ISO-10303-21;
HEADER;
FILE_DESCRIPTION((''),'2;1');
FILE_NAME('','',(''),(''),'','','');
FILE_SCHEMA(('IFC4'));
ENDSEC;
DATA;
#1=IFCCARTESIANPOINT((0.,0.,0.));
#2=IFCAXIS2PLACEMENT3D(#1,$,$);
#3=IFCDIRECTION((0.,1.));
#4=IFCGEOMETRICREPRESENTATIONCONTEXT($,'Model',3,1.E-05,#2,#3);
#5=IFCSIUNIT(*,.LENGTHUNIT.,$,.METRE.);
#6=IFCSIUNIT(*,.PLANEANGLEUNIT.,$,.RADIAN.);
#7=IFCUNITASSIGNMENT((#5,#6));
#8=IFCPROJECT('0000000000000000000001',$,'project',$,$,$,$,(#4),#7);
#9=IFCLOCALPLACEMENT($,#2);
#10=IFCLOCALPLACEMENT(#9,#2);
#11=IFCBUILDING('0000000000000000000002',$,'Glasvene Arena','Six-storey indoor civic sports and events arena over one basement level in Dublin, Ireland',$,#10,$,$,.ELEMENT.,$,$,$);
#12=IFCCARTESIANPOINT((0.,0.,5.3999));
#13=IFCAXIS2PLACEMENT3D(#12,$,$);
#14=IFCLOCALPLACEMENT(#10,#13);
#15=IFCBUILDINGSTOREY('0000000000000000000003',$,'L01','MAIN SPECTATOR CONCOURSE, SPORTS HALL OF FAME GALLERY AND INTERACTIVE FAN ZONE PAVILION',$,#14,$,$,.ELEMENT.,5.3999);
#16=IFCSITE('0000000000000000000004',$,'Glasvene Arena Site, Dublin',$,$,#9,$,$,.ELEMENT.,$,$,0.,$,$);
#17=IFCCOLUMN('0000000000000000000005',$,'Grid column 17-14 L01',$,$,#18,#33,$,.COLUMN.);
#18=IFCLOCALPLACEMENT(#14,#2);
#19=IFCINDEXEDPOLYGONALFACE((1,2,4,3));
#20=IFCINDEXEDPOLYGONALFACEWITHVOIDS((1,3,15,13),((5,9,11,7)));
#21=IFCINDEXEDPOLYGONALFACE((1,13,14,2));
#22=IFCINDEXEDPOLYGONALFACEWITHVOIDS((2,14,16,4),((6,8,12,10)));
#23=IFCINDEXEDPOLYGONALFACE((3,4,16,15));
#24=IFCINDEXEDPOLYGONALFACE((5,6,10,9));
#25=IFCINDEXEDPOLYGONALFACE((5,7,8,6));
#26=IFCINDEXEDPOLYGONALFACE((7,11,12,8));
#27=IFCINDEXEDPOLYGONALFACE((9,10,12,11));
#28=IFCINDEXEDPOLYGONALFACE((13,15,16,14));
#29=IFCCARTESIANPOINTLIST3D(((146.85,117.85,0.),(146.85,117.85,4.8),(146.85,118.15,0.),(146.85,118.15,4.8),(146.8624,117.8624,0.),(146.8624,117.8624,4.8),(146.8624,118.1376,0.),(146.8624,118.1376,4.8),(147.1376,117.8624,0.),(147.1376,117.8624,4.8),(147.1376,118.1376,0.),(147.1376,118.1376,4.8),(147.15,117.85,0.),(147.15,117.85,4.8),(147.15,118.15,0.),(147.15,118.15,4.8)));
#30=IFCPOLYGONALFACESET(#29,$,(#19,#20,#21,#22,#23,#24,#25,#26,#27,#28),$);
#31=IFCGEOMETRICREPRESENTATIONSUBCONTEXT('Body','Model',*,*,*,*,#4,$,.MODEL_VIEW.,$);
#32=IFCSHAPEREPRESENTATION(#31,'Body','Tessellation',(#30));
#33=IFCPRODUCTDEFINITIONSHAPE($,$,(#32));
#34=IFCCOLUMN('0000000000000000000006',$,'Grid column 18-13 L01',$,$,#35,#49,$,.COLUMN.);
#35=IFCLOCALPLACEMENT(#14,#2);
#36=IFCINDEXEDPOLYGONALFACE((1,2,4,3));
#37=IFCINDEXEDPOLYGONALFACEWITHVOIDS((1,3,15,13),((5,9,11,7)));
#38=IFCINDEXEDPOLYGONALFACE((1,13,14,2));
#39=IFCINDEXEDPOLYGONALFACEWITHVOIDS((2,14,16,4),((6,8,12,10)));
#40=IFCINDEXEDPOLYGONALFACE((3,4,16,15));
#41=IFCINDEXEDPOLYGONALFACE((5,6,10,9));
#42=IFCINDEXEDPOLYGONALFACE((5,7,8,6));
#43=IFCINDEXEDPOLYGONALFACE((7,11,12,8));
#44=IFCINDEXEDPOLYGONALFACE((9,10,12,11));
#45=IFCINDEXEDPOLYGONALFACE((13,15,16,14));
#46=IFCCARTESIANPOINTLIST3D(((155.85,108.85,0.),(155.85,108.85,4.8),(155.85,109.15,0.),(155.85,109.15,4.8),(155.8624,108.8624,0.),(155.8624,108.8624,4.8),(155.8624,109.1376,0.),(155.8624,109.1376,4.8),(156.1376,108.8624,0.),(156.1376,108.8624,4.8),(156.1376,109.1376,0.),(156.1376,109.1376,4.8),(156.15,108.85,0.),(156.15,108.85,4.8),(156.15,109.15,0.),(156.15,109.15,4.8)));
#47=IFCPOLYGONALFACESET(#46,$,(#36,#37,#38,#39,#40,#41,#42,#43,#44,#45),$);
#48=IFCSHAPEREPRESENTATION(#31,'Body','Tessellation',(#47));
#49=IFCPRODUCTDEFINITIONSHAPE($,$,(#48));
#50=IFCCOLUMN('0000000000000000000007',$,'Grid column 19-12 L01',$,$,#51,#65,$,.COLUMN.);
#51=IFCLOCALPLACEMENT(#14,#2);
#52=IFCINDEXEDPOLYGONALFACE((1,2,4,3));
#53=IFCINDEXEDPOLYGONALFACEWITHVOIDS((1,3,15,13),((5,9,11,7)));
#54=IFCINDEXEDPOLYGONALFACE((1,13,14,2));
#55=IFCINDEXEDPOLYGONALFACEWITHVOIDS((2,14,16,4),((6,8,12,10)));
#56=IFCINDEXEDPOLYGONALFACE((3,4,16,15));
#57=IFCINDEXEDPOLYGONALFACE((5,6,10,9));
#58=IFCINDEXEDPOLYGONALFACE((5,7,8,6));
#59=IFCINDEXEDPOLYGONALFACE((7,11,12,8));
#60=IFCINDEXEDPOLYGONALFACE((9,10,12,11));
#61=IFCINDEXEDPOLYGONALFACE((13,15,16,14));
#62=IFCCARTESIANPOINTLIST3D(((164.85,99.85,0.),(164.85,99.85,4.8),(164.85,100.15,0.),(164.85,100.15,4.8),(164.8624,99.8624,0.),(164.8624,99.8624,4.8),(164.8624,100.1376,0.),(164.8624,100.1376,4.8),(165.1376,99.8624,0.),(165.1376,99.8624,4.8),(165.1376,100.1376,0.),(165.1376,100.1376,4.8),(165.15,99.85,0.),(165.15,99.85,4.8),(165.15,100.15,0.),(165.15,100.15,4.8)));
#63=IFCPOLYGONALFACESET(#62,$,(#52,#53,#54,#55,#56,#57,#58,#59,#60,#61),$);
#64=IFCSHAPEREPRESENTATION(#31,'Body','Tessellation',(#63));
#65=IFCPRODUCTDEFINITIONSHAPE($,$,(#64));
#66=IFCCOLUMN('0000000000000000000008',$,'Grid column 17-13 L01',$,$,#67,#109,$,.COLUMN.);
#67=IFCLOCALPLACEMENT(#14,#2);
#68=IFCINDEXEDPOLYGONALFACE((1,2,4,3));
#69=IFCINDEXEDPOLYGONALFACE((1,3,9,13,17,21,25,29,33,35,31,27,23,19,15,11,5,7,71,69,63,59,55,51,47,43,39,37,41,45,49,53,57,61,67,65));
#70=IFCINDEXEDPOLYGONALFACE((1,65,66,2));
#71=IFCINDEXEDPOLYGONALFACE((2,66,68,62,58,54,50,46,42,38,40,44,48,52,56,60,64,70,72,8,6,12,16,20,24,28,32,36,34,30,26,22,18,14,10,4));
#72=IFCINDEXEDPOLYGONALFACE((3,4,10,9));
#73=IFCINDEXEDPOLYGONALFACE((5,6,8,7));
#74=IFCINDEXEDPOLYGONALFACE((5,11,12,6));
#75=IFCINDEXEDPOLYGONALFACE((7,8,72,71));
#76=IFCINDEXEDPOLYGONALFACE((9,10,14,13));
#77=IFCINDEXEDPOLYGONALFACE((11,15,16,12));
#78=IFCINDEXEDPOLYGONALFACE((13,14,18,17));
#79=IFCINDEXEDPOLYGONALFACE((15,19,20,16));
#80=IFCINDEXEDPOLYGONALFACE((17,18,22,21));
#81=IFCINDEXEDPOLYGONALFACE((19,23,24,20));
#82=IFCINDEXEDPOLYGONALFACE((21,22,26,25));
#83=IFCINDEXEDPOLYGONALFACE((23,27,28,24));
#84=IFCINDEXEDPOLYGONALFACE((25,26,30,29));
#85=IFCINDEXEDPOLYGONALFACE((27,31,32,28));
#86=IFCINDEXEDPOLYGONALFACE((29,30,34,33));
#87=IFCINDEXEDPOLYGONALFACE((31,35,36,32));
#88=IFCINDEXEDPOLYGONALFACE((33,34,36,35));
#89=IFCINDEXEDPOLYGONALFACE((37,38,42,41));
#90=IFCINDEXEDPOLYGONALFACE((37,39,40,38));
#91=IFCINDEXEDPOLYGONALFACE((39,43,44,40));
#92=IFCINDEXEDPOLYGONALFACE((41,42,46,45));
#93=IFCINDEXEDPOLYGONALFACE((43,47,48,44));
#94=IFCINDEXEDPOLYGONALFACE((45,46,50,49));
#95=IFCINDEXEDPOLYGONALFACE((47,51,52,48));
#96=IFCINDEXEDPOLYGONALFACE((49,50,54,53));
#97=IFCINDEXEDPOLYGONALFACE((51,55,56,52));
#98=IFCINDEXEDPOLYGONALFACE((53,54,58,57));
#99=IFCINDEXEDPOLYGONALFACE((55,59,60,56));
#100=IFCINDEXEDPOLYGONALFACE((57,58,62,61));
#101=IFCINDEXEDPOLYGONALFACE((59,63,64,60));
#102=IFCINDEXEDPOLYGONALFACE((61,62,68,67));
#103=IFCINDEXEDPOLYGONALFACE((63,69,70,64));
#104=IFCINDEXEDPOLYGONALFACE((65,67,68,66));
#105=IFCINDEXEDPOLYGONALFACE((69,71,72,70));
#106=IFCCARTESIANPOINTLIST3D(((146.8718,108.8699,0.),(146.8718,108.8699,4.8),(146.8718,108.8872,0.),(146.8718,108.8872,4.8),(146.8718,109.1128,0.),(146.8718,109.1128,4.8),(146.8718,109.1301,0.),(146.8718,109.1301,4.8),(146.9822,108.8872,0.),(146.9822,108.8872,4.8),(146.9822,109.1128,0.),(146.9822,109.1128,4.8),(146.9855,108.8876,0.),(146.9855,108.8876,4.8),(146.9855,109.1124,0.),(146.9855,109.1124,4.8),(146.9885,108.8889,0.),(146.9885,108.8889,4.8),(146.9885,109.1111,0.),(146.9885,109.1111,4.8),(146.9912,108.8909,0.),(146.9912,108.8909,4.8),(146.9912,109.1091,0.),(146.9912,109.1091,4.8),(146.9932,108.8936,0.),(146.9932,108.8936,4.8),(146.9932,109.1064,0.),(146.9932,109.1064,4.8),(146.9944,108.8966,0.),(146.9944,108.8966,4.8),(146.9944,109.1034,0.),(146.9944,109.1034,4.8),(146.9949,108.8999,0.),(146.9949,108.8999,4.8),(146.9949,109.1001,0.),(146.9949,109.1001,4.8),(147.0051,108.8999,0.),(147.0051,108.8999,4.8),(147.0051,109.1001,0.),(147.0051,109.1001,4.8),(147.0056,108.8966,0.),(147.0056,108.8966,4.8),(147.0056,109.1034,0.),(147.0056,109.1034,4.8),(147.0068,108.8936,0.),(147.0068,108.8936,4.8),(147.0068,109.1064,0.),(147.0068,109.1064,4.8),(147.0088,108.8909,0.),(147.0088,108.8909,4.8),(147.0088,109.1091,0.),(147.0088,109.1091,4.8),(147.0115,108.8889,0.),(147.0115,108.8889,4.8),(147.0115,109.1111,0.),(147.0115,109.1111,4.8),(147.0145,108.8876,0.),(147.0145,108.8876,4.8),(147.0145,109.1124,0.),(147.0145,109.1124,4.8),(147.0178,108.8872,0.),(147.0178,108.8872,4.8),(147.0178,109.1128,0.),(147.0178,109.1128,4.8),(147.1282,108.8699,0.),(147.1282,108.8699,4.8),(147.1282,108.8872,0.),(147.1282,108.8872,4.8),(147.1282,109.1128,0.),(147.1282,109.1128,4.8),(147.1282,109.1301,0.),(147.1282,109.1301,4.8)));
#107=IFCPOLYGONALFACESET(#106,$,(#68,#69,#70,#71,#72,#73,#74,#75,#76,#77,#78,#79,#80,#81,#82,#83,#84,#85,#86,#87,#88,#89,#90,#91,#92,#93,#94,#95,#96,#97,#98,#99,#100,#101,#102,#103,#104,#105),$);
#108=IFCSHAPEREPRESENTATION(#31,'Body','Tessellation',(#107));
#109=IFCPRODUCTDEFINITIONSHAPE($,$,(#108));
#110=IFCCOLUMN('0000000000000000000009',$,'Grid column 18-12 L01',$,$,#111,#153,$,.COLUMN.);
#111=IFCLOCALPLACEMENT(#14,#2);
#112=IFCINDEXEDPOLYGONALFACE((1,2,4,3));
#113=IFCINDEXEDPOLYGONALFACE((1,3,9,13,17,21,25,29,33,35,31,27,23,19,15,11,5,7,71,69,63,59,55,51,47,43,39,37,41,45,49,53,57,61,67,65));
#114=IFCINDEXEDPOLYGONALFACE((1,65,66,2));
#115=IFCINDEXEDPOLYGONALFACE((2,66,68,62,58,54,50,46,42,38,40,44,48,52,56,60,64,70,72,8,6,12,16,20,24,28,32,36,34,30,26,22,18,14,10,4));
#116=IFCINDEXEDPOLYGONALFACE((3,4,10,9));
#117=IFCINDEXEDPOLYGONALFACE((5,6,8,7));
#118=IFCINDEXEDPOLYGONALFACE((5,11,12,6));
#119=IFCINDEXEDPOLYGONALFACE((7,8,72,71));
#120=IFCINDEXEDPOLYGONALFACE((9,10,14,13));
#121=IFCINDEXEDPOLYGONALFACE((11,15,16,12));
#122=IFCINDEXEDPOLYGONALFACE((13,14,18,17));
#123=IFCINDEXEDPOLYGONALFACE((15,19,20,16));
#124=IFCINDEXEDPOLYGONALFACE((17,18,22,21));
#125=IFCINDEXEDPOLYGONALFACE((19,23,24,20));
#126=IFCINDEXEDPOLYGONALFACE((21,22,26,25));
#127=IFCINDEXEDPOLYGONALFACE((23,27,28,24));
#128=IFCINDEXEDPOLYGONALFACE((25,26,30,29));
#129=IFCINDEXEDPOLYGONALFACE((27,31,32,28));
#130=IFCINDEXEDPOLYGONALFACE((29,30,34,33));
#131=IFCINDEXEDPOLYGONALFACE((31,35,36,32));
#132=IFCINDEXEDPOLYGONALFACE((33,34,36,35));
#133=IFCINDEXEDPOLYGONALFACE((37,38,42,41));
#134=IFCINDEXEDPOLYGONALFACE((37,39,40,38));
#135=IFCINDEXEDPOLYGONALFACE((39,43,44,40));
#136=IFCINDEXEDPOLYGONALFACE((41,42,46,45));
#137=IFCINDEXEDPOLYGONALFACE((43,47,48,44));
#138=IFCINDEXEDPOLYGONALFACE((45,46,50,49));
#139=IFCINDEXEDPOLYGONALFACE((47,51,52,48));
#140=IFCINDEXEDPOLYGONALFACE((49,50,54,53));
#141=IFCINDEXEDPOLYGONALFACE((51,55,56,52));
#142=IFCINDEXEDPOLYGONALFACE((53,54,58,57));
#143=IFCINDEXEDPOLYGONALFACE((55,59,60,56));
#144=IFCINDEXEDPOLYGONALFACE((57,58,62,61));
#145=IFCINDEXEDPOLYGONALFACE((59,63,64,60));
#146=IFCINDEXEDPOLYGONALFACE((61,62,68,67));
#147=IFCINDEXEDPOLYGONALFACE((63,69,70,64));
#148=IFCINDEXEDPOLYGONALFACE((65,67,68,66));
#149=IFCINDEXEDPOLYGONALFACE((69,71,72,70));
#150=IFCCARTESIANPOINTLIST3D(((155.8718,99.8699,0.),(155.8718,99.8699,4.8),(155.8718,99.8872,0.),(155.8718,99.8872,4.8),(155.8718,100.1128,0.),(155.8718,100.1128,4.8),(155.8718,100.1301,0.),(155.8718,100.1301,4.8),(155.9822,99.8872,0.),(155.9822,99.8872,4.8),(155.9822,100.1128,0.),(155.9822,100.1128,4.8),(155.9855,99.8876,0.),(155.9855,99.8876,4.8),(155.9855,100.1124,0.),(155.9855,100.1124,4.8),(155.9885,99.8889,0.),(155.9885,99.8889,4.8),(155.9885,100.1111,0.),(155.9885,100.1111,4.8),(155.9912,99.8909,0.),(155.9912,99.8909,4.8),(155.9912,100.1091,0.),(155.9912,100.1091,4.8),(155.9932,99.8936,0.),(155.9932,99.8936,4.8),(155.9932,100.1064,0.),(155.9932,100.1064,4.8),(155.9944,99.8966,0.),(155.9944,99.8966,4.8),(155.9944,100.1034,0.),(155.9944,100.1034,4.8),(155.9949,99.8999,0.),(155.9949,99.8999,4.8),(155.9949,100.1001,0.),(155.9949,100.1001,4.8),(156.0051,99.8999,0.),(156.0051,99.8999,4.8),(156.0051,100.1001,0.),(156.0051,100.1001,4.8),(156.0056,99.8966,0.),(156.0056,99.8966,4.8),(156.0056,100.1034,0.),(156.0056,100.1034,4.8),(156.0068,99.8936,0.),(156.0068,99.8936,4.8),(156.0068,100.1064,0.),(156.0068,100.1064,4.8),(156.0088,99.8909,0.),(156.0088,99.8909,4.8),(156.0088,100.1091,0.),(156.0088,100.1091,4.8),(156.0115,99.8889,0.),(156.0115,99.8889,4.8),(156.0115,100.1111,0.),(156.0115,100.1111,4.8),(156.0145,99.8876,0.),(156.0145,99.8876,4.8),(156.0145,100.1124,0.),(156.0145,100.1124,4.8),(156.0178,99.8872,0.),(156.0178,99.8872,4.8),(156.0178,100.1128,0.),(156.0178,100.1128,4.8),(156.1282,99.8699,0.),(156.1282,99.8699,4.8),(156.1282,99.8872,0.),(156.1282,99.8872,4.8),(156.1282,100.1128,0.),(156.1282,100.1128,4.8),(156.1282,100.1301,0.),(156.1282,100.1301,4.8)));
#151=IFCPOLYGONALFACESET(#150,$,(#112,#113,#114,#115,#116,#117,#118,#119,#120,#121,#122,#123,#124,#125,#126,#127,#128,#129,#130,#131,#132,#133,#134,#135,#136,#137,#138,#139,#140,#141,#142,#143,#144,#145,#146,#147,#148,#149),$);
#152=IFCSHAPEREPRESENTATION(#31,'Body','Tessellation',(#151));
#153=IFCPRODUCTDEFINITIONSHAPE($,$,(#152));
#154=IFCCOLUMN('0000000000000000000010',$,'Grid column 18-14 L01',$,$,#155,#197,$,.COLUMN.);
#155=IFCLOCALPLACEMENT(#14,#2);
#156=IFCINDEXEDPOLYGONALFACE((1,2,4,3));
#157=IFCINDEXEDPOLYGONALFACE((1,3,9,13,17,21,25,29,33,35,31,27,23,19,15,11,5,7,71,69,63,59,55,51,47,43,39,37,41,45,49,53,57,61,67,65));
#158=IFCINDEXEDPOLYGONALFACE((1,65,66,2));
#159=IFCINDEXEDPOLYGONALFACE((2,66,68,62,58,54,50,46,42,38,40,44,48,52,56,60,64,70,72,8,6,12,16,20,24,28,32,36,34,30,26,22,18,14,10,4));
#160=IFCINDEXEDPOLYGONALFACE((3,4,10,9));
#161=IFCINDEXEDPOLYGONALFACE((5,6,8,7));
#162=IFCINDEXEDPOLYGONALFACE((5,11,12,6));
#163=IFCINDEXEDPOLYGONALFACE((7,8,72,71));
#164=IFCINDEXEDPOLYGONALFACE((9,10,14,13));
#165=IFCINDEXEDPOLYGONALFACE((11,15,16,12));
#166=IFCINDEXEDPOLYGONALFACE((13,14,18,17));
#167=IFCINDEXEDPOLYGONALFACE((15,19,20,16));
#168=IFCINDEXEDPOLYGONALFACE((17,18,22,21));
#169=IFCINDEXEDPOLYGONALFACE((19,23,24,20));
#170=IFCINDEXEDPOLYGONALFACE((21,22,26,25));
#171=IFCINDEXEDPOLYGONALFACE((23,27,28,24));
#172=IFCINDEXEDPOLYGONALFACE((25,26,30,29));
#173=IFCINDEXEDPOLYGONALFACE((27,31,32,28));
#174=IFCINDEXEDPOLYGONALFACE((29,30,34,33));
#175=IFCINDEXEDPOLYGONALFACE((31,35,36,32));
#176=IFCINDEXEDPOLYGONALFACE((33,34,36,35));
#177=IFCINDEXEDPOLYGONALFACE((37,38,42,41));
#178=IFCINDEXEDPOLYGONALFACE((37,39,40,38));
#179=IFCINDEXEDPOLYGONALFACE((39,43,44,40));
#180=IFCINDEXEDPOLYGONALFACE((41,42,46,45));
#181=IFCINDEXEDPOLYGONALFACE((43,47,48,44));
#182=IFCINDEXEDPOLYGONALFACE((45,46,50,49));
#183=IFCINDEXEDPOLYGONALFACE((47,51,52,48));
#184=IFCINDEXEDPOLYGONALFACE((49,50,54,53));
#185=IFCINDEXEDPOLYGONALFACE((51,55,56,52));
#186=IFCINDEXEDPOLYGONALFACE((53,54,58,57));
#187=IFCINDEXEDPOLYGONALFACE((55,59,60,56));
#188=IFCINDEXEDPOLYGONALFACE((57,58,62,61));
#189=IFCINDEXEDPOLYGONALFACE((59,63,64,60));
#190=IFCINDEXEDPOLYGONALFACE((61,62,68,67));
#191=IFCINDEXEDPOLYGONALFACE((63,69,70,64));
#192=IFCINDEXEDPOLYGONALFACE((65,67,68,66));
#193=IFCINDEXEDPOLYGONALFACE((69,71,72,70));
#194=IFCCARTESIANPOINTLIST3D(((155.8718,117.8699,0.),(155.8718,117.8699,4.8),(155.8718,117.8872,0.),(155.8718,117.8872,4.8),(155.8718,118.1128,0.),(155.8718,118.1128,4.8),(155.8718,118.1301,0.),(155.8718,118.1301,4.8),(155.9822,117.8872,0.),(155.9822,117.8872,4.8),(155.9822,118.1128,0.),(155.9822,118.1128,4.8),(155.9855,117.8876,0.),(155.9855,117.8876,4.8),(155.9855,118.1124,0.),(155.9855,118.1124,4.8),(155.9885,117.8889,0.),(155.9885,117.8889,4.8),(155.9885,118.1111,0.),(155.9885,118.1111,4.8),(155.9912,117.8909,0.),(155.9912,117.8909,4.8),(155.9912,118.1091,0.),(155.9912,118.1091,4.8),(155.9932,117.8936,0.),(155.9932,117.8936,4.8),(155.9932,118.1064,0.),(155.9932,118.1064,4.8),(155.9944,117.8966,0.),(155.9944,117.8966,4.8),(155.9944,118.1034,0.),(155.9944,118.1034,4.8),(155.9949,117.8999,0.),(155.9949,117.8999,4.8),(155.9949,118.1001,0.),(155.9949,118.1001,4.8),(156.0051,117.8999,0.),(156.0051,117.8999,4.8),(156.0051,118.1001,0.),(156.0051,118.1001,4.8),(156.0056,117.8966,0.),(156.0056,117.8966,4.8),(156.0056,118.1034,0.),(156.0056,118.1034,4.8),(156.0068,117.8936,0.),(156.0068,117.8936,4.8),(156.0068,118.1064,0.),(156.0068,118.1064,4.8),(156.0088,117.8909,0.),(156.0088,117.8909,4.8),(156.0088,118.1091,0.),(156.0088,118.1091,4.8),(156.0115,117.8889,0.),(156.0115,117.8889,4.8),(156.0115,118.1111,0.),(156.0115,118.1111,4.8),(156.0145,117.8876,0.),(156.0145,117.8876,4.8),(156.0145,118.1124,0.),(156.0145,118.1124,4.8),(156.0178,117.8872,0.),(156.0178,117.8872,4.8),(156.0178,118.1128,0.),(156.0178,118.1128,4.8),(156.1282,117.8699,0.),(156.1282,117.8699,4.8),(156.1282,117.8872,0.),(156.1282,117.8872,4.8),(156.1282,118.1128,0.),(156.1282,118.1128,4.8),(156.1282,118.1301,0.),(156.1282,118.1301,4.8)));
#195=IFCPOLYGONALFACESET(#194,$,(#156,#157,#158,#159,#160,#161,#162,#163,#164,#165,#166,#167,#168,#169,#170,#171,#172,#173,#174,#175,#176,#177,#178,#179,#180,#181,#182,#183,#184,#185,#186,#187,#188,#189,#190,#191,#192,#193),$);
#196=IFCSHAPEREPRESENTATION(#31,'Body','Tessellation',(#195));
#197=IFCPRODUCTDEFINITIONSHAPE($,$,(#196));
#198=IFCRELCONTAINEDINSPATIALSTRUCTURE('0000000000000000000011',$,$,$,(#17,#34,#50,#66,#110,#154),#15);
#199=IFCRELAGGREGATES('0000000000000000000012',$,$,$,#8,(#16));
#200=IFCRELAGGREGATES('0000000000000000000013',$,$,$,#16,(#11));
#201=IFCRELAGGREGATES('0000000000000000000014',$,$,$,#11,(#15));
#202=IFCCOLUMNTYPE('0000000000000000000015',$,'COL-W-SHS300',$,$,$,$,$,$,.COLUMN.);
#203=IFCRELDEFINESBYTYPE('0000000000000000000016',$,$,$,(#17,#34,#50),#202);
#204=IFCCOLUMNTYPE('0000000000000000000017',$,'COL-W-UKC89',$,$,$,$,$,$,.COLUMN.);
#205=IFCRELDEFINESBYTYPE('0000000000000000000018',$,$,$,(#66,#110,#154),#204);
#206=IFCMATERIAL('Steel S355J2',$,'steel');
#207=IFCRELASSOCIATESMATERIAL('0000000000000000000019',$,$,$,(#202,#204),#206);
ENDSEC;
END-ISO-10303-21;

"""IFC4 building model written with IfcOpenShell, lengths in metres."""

from ifc_helpers import new_model, si_unit, direction, frame, origin, origin_2d, place, context, subcontext, project, spatial, hollow_rectangle, i_section, extrude, material, material_profile, profile_set, type_object, element, save


model = new_model("IFC4")

# Units and contexts
model_context = context("Model", 3, precision=1e-05, world=origin(), true_north=direction((0.0, 1.0)))
body_context = subcontext(model_context, "Body", "Model", "MODEL_VIEW")
ifc_project = project(units=[si_unit("LENGTHUNIT", "METRE"), si_unit("PLANEANGLEUNIT", "RADIAN")], contexts=[model_context])

# Site, building, storey
site_placement = place(None, origin())
site = spatial("IfcSite", under=ifc_project, at=site_placement, Name="Glasvene Arena Site, Dublin", CompositionType="ELEMENT", RefElevation=0.0)
building_placement = place(site_placement, origin())
building = spatial("IfcBuilding", under=site, at=building_placement, Name="Glasvene Arena", Description="Six-storey indoor civic sports and events arena over one basement level in Dublin, Ireland", CompositionType="ELEMENT")
storey_placement = place(building_placement, frame((0.0, 0.0, 5.3999)))
storey = spatial("IfcBuildingStorey", under=building, at=storey_placement, Name="L01", Description="MAIN SPECTATOR CONCOURSE, SPORTS HALL OF FAME GALLERY AND INTERACTIVE FAN ZONE PAVILION", CompositionType="ELEMENT", Elevation=5.3999)

# Columns
ifc_material_1 = material(Name="Steel S355J2", Category="steel")
ifc_material_profile_1 = material_profile(ifc_material_1, hollow_rectangle(XDim=0.3, YDim=0.3, WallThickness=0.0125, at=origin_2d()), Name="SHS 300x300x12.5")
ifc_profile_set_1 = profile_set([ifc_material_profile_1], Name="Steel S355J2")
column_type_1 = type_object("IfcColumnType", Name="COL-W-SHS300", PredefinedType="COLUMN", material=ifc_profile_set_1)
for number, where, z_axis, x_axis, name in (
    (1, (147.0, 118.0, 0.0), (0.0, 0.0, 1.0), (1.0, 0.0, 0.0), "Grid column 17-14 L01"),
    (2, (156.0, 109.0, 0.0), (0.0, 0.0, 1.0), (1.0, 0.0, 0.0), "Grid column 18-13 L01"),
    (3, (165.0, 100.0, 0.0), (0.0, 0.0, 1.0), (1.0, 0.0, 0.0), "Grid column 19-12 L01"),
):
    element("IfcColumn", number, at=place(storey_placement, frame(where, z_axis=z_axis, x_axis=x_axis)), inside=storey, type_object=column_type_1, Name=name, PredefinedType="COLUMN", context=body_context, shape_type="SweptSolid", body=[
        extrude(hollow_rectangle(XDim=0.3, YDim=0.3, WallThickness=0.0125, at=origin_2d()), origin(), (0.0, 0.0, 1.0), 4.8),
    ])
ifc_material_profile_2 = material_profile(ifc_material_1, i_section(OverallWidth=0.2563, OverallDepth=0.2603, WebThickness=0.0103, FlangeThickness=0.0173, FilletRadius=0.0127, at=origin_2d()), Name="UKC 254x254x89")
ifc_profile_set_2 = profile_set([ifc_material_profile_2], Name="Steel S355J2")
column_type_2 = type_object("IfcColumnType", Name="COL-W-UKC89", PredefinedType="COLUMN", material=ifc_profile_set_2)
for number, where, z_axis, x_axis, name in (
    (4, (147.0, 109.0, 0.0), (0.0, 0.0, 1.0), (1.0, 0.0, 0.0), "Grid column 17-13 L01"),
    (5, (156.0, 100.0, 0.0), (0.0, 0.0, 1.0), (1.0, 0.0, 0.0), "Grid column 18-12 L01"),
    (6, (156.0, 118.0, 0.0), (0.0, 0.0, 1.0), (1.0, 0.0, 0.0), "Grid column 18-14 L01"),
):
    element("IfcColumn", number, at=place(storey_placement, frame(where, z_axis=z_axis, x_axis=x_axis)), inside=storey, type_object=column_type_2, Name=name, PredefinedType="COLUMN", context=body_context, shape_type="SweptSolid", body=[
        extrude(i_section(OverallWidth=0.2563, OverallDepth=0.2603, WebThickness=0.0103, FlangeThickness=0.0173, FilletRadius=0.0127, at=origin_2d()), origin(), (0.0, 0.0, 1.0), 4.8),
    ])

save(model, "model.ifc")
